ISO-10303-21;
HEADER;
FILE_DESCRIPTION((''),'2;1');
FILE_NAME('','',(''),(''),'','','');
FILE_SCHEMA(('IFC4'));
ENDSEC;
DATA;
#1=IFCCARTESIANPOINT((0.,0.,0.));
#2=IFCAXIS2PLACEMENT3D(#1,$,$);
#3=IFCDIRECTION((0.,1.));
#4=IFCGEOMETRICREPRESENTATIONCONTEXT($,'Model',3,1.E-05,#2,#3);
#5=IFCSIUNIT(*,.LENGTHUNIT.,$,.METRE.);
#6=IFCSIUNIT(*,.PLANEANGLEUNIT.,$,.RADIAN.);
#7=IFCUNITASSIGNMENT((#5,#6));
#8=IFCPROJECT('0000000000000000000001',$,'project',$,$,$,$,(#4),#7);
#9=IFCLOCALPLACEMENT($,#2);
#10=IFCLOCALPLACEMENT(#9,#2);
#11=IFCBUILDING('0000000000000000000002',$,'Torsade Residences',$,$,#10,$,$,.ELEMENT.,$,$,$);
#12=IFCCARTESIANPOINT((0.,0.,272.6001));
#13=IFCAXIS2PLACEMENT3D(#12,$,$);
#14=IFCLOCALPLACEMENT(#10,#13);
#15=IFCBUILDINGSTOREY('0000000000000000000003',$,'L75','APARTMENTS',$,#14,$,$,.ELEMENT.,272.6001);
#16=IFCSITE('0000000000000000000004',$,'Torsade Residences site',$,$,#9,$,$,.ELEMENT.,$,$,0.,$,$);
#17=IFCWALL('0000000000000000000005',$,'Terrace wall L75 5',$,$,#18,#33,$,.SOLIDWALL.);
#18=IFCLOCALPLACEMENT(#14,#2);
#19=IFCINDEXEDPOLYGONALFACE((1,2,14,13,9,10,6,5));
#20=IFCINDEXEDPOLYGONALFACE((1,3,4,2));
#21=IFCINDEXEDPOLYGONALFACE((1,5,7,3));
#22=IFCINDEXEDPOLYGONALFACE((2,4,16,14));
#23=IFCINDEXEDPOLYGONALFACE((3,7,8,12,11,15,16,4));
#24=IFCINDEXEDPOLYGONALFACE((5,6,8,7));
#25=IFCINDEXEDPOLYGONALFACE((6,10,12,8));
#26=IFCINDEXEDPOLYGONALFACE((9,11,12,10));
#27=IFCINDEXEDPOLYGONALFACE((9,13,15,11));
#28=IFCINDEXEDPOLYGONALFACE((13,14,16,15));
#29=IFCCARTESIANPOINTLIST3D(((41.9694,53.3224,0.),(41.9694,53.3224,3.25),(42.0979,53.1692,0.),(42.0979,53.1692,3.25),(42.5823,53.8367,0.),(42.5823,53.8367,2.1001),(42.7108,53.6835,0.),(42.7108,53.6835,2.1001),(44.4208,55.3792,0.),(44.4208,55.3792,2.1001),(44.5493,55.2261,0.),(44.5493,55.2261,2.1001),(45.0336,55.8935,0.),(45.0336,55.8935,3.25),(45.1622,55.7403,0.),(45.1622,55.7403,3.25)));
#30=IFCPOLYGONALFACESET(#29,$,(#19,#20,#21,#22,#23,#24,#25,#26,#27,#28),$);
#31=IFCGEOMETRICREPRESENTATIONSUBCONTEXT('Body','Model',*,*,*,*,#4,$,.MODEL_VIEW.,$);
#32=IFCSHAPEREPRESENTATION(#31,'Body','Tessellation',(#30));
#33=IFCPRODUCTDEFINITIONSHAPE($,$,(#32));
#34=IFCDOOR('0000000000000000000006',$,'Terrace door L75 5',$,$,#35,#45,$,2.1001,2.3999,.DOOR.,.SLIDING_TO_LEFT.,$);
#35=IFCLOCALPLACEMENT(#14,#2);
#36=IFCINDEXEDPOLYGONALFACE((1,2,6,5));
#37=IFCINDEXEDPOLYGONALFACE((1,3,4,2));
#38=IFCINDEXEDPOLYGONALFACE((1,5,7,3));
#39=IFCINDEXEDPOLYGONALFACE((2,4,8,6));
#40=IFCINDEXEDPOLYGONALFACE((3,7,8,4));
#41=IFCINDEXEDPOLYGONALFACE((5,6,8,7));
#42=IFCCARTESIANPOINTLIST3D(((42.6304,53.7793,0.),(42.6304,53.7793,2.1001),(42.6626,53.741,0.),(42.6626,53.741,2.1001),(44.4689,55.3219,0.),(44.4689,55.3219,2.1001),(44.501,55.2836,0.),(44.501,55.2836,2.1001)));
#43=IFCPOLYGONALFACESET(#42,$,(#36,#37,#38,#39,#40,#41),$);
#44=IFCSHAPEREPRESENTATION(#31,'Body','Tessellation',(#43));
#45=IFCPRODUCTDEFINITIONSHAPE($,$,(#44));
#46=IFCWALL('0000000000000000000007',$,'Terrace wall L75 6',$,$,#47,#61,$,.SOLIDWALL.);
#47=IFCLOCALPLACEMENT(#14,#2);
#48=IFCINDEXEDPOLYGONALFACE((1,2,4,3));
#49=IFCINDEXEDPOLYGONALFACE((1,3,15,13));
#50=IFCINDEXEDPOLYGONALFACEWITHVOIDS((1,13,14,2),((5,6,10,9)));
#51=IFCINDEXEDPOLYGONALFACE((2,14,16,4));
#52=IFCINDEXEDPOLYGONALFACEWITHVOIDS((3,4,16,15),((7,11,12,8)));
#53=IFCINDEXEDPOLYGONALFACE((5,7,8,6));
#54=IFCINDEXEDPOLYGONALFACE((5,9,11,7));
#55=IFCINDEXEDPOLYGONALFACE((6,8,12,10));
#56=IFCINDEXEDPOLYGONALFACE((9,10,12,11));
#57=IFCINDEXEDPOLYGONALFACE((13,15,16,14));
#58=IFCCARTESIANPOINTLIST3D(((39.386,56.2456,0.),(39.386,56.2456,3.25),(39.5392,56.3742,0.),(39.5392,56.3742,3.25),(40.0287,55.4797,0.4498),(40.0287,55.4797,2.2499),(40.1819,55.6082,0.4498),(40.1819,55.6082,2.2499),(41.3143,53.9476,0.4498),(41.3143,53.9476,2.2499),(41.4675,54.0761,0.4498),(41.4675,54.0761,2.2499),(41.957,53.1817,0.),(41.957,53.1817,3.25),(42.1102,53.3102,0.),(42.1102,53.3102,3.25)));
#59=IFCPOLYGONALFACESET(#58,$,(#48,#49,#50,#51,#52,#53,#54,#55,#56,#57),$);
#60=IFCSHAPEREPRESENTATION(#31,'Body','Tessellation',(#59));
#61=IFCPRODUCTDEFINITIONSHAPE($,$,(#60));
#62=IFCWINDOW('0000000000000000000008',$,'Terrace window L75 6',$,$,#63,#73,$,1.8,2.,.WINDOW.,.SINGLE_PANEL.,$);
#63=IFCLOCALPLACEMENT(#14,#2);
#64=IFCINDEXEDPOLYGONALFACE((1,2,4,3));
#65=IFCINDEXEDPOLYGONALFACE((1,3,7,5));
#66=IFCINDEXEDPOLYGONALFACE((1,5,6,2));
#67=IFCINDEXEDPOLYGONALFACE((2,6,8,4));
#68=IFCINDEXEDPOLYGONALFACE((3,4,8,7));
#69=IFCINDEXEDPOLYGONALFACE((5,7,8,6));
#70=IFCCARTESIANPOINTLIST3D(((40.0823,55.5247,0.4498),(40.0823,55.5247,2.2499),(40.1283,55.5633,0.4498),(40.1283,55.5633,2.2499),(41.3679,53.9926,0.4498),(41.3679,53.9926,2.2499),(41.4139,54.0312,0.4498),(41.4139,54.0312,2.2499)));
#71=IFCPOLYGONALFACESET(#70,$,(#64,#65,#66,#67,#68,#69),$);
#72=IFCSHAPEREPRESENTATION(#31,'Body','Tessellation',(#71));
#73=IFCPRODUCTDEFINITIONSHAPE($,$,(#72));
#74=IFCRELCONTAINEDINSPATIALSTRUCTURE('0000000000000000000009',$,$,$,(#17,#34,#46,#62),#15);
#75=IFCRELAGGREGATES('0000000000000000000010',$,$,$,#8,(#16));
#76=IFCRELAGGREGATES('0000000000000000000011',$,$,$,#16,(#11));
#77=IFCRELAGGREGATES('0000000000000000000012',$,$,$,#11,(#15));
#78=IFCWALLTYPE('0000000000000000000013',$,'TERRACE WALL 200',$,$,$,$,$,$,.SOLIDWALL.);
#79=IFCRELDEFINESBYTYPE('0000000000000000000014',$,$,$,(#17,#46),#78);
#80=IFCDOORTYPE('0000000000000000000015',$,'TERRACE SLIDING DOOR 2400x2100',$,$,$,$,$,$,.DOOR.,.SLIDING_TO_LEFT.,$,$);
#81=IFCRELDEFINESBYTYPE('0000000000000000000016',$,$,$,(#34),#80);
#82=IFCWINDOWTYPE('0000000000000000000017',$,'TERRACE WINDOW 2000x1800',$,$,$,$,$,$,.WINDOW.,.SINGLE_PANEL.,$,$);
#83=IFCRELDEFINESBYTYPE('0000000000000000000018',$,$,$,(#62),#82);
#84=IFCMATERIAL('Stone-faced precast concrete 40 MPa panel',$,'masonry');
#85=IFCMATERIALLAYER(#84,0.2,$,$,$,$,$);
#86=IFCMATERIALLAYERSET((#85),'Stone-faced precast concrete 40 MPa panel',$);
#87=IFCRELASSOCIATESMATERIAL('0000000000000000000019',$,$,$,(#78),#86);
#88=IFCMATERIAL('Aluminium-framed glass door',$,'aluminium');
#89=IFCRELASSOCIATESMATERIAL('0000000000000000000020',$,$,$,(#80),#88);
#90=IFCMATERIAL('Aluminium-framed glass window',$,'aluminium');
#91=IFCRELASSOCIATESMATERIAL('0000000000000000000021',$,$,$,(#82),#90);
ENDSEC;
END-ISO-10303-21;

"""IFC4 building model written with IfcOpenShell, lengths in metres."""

from ifc_helpers import new_model, si_unit, direction, frame, frame_2d, origin, place, context, subcontext, project, spatial, rectangle, extrude, material, layer, layer_set, type_object, element, fill, save


model = new_model("IFC4")

# Units and contexts
model_context = context("Model", 3, precision=1e-05, world=origin(), true_north=direction((0.0, 1.0)))
body_context = subcontext(model_context, "Body", "Model", "MODEL_VIEW")
ifc_project = project(units=[si_unit("LENGTHUNIT", "METRE"), si_unit("PLANEANGLEUNIT", "RADIAN")], contexts=[model_context])

# Site, building, storey
site_placement = place(None, origin())
site = spatial("IfcSite", under=ifc_project, at=site_placement, Name="Torsade Residences site", CompositionType="ELEMENT", RefElevation=0.0)
building_placement = place(site_placement, origin())
building = spatial("IfcBuilding", under=site, at=building_placement, Name="Torsade Residences", CompositionType="ELEMENT")
storey_placement = place(building_placement, frame((0.0, 0.0, 272.6001)))
storey = spatial("IfcBuildingStorey", under=building, at=storey_placement, Name="L75", Description="APARTMENTS", CompositionType="ELEMENT", Elevation=272.6001)

# Wall, opening, door
ifc_material_1 = material(Name="Stone-faced precast concrete 40 MPa panel", Category="masonry")
ifc_layer_1 = layer(ifc_material_1, 0.2)
ifc_layer_set_1 = layer_set([ifc_layer_1], Name="Stone-faced precast concrete 40 MPa panel")
wall_type_1 = type_object("IfcWallType", Name="TERRACE WALL 200", PredefinedType="SOLIDWALL", material=ifc_layer_set_1)
wall_1_placement = place(storey_placement, frame((45.0979, 55.8169, 0.0), z_axis=(0.0, 0.0, 1.0), x_axis=(-0.766061, -0.642768, 0.0)))
wall_1 = element("IfcWall", 1, at=wall_1_placement, inside=storey, type_object=wall_type_1, Name="Terrace wall L75 5", PredefinedType="SOLIDWALL", context=body_context, shape_type="SweptSolid", body=[
    extrude(rectangle(XDim=4.0, YDim=0.2, at=frame_2d((2.0, 0.0))), origin(), (0.0, 0.0, 1.0), 3.25),
])
opening_1_placement = place(wall_1_placement, frame((0.8, 0.0, 0.0)))
opening_1 = element("IfcOpeningElement", 2, at=opening_1_placement, cuts=wall_1, PredefinedType="OPENING", context=body_context, shape_type="SweptSolid", body=[
    extrude(rectangle(XDim=2.3999, YDim=2.1001, at=frame_2d((1.2, 1.05))), frame((0.0, 0.1099, 0.0), z_axis=(0.0, -1.0, 0.0), x_axis=(1.0, 0.0, 0.0)), (0.0, 0.0, 1.0), 0.22),
])
ifc_material_2 = material(Name="Aluminium-framed glass door", Category="aluminium")
door_type_1 = type_object("IfcDoorType", Name="TERRACE SLIDING DOOR 2400x2100", OperationType="SLIDING_TO_LEFT", PredefinedType="DOOR", material=ifc_material_2)
door_1_placement = place(opening_1_placement, origin())
door_1 = element("IfcDoor", 3, at=door_1_placement, inside=storey, type_object=door_type_1, Name="Terrace door L75 5", OperationType="SLIDING_TO_LEFT", OverallHeight=2.1001, OverallWidth=2.3999, PredefinedType="DOOR", context=body_context, shape_type="SweptSolid", body=[
    extrude(rectangle(XDim=2.3999, YDim=2.1001, at=frame_2d((1.2, 1.05))), frame((0.0, 0.0249, 0.0), z_axis=(0.0, -1.0, 0.0), x_axis=(1.0, 0.0, 0.0)), (0.0, 0.0, 1.0), 0.05),
])
fill(opening_1, door_1)

# Wall, opening, window
wall_2_placement = place(storey_placement, frame((42.0337, 53.2458, 0.0), z_axis=(0.0, 0.0, 1.0), x_axis=(-0.642798, 0.766035, 0.0)))
wall_2 = element("IfcWall", 4, at=wall_2_placement, inside=storey, type_object=wall_type_1, Name="Terrace wall L75 6", PredefinedType="SOLIDWALL", context=body_context, shape_type="SweptSolid", body=[
    extrude(rectangle(XDim=3.9998, YDim=0.2, at=frame_2d((2.0, 0.0))), origin(), (0.0, 0.0, 1.0), 3.25),
])
opening_2_placement = place(wall_2_placement, frame((1.0, 0.0, 0.45)))
opening_2 = element("IfcOpeningElement", 5, at=opening_2_placement, cuts=wall_2, PredefinedType="OPENING", context=body_context, shape_type="SweptSolid", body=[
    extrude(rectangle(XDim=2.0, YDim=1.8, at=frame_2d((1.0, 0.8999))), frame((0.0, 0.1099, 0.0), z_axis=(0.0, -1.0, 0.0), x_axis=(1.0, 0.0, 0.0)), (0.0, 0.0, 1.0), 0.22),
])
ifc_material_3 = material(Name="Aluminium-framed glass window", Category="aluminium")
window_type = type_object("IfcWindowType", Name="TERRACE WINDOW 2000x1800", PartitioningType="SINGLE_PANEL", PredefinedType="WINDOW", material=ifc_material_3)
window_placement = place(opening_2_placement, origin())
window = element("IfcWindow", 6, at=window_placement, inside=storey, type_object=window_type, Name="Terrace window L75 6", OverallHeight=1.8, OverallWidth=2.0, PartitioningType="SINGLE_PANEL", PredefinedType="WINDOW", context=body_context, shape_type="SweptSolid", body=[
    extrude(rectangle(XDim=2.0, YDim=1.8, at=frame_2d((1.0, 0.8999))), frame((0.0, 0.03, 0.0), z_axis=(0.0, -1.0, 0.0), x_axis=(1.0, 0.0, 0.0)), (0.0, 0.0, 1.0), 0.0601),
])
fill(opening_2, window)

save(model, "model.ifc")
